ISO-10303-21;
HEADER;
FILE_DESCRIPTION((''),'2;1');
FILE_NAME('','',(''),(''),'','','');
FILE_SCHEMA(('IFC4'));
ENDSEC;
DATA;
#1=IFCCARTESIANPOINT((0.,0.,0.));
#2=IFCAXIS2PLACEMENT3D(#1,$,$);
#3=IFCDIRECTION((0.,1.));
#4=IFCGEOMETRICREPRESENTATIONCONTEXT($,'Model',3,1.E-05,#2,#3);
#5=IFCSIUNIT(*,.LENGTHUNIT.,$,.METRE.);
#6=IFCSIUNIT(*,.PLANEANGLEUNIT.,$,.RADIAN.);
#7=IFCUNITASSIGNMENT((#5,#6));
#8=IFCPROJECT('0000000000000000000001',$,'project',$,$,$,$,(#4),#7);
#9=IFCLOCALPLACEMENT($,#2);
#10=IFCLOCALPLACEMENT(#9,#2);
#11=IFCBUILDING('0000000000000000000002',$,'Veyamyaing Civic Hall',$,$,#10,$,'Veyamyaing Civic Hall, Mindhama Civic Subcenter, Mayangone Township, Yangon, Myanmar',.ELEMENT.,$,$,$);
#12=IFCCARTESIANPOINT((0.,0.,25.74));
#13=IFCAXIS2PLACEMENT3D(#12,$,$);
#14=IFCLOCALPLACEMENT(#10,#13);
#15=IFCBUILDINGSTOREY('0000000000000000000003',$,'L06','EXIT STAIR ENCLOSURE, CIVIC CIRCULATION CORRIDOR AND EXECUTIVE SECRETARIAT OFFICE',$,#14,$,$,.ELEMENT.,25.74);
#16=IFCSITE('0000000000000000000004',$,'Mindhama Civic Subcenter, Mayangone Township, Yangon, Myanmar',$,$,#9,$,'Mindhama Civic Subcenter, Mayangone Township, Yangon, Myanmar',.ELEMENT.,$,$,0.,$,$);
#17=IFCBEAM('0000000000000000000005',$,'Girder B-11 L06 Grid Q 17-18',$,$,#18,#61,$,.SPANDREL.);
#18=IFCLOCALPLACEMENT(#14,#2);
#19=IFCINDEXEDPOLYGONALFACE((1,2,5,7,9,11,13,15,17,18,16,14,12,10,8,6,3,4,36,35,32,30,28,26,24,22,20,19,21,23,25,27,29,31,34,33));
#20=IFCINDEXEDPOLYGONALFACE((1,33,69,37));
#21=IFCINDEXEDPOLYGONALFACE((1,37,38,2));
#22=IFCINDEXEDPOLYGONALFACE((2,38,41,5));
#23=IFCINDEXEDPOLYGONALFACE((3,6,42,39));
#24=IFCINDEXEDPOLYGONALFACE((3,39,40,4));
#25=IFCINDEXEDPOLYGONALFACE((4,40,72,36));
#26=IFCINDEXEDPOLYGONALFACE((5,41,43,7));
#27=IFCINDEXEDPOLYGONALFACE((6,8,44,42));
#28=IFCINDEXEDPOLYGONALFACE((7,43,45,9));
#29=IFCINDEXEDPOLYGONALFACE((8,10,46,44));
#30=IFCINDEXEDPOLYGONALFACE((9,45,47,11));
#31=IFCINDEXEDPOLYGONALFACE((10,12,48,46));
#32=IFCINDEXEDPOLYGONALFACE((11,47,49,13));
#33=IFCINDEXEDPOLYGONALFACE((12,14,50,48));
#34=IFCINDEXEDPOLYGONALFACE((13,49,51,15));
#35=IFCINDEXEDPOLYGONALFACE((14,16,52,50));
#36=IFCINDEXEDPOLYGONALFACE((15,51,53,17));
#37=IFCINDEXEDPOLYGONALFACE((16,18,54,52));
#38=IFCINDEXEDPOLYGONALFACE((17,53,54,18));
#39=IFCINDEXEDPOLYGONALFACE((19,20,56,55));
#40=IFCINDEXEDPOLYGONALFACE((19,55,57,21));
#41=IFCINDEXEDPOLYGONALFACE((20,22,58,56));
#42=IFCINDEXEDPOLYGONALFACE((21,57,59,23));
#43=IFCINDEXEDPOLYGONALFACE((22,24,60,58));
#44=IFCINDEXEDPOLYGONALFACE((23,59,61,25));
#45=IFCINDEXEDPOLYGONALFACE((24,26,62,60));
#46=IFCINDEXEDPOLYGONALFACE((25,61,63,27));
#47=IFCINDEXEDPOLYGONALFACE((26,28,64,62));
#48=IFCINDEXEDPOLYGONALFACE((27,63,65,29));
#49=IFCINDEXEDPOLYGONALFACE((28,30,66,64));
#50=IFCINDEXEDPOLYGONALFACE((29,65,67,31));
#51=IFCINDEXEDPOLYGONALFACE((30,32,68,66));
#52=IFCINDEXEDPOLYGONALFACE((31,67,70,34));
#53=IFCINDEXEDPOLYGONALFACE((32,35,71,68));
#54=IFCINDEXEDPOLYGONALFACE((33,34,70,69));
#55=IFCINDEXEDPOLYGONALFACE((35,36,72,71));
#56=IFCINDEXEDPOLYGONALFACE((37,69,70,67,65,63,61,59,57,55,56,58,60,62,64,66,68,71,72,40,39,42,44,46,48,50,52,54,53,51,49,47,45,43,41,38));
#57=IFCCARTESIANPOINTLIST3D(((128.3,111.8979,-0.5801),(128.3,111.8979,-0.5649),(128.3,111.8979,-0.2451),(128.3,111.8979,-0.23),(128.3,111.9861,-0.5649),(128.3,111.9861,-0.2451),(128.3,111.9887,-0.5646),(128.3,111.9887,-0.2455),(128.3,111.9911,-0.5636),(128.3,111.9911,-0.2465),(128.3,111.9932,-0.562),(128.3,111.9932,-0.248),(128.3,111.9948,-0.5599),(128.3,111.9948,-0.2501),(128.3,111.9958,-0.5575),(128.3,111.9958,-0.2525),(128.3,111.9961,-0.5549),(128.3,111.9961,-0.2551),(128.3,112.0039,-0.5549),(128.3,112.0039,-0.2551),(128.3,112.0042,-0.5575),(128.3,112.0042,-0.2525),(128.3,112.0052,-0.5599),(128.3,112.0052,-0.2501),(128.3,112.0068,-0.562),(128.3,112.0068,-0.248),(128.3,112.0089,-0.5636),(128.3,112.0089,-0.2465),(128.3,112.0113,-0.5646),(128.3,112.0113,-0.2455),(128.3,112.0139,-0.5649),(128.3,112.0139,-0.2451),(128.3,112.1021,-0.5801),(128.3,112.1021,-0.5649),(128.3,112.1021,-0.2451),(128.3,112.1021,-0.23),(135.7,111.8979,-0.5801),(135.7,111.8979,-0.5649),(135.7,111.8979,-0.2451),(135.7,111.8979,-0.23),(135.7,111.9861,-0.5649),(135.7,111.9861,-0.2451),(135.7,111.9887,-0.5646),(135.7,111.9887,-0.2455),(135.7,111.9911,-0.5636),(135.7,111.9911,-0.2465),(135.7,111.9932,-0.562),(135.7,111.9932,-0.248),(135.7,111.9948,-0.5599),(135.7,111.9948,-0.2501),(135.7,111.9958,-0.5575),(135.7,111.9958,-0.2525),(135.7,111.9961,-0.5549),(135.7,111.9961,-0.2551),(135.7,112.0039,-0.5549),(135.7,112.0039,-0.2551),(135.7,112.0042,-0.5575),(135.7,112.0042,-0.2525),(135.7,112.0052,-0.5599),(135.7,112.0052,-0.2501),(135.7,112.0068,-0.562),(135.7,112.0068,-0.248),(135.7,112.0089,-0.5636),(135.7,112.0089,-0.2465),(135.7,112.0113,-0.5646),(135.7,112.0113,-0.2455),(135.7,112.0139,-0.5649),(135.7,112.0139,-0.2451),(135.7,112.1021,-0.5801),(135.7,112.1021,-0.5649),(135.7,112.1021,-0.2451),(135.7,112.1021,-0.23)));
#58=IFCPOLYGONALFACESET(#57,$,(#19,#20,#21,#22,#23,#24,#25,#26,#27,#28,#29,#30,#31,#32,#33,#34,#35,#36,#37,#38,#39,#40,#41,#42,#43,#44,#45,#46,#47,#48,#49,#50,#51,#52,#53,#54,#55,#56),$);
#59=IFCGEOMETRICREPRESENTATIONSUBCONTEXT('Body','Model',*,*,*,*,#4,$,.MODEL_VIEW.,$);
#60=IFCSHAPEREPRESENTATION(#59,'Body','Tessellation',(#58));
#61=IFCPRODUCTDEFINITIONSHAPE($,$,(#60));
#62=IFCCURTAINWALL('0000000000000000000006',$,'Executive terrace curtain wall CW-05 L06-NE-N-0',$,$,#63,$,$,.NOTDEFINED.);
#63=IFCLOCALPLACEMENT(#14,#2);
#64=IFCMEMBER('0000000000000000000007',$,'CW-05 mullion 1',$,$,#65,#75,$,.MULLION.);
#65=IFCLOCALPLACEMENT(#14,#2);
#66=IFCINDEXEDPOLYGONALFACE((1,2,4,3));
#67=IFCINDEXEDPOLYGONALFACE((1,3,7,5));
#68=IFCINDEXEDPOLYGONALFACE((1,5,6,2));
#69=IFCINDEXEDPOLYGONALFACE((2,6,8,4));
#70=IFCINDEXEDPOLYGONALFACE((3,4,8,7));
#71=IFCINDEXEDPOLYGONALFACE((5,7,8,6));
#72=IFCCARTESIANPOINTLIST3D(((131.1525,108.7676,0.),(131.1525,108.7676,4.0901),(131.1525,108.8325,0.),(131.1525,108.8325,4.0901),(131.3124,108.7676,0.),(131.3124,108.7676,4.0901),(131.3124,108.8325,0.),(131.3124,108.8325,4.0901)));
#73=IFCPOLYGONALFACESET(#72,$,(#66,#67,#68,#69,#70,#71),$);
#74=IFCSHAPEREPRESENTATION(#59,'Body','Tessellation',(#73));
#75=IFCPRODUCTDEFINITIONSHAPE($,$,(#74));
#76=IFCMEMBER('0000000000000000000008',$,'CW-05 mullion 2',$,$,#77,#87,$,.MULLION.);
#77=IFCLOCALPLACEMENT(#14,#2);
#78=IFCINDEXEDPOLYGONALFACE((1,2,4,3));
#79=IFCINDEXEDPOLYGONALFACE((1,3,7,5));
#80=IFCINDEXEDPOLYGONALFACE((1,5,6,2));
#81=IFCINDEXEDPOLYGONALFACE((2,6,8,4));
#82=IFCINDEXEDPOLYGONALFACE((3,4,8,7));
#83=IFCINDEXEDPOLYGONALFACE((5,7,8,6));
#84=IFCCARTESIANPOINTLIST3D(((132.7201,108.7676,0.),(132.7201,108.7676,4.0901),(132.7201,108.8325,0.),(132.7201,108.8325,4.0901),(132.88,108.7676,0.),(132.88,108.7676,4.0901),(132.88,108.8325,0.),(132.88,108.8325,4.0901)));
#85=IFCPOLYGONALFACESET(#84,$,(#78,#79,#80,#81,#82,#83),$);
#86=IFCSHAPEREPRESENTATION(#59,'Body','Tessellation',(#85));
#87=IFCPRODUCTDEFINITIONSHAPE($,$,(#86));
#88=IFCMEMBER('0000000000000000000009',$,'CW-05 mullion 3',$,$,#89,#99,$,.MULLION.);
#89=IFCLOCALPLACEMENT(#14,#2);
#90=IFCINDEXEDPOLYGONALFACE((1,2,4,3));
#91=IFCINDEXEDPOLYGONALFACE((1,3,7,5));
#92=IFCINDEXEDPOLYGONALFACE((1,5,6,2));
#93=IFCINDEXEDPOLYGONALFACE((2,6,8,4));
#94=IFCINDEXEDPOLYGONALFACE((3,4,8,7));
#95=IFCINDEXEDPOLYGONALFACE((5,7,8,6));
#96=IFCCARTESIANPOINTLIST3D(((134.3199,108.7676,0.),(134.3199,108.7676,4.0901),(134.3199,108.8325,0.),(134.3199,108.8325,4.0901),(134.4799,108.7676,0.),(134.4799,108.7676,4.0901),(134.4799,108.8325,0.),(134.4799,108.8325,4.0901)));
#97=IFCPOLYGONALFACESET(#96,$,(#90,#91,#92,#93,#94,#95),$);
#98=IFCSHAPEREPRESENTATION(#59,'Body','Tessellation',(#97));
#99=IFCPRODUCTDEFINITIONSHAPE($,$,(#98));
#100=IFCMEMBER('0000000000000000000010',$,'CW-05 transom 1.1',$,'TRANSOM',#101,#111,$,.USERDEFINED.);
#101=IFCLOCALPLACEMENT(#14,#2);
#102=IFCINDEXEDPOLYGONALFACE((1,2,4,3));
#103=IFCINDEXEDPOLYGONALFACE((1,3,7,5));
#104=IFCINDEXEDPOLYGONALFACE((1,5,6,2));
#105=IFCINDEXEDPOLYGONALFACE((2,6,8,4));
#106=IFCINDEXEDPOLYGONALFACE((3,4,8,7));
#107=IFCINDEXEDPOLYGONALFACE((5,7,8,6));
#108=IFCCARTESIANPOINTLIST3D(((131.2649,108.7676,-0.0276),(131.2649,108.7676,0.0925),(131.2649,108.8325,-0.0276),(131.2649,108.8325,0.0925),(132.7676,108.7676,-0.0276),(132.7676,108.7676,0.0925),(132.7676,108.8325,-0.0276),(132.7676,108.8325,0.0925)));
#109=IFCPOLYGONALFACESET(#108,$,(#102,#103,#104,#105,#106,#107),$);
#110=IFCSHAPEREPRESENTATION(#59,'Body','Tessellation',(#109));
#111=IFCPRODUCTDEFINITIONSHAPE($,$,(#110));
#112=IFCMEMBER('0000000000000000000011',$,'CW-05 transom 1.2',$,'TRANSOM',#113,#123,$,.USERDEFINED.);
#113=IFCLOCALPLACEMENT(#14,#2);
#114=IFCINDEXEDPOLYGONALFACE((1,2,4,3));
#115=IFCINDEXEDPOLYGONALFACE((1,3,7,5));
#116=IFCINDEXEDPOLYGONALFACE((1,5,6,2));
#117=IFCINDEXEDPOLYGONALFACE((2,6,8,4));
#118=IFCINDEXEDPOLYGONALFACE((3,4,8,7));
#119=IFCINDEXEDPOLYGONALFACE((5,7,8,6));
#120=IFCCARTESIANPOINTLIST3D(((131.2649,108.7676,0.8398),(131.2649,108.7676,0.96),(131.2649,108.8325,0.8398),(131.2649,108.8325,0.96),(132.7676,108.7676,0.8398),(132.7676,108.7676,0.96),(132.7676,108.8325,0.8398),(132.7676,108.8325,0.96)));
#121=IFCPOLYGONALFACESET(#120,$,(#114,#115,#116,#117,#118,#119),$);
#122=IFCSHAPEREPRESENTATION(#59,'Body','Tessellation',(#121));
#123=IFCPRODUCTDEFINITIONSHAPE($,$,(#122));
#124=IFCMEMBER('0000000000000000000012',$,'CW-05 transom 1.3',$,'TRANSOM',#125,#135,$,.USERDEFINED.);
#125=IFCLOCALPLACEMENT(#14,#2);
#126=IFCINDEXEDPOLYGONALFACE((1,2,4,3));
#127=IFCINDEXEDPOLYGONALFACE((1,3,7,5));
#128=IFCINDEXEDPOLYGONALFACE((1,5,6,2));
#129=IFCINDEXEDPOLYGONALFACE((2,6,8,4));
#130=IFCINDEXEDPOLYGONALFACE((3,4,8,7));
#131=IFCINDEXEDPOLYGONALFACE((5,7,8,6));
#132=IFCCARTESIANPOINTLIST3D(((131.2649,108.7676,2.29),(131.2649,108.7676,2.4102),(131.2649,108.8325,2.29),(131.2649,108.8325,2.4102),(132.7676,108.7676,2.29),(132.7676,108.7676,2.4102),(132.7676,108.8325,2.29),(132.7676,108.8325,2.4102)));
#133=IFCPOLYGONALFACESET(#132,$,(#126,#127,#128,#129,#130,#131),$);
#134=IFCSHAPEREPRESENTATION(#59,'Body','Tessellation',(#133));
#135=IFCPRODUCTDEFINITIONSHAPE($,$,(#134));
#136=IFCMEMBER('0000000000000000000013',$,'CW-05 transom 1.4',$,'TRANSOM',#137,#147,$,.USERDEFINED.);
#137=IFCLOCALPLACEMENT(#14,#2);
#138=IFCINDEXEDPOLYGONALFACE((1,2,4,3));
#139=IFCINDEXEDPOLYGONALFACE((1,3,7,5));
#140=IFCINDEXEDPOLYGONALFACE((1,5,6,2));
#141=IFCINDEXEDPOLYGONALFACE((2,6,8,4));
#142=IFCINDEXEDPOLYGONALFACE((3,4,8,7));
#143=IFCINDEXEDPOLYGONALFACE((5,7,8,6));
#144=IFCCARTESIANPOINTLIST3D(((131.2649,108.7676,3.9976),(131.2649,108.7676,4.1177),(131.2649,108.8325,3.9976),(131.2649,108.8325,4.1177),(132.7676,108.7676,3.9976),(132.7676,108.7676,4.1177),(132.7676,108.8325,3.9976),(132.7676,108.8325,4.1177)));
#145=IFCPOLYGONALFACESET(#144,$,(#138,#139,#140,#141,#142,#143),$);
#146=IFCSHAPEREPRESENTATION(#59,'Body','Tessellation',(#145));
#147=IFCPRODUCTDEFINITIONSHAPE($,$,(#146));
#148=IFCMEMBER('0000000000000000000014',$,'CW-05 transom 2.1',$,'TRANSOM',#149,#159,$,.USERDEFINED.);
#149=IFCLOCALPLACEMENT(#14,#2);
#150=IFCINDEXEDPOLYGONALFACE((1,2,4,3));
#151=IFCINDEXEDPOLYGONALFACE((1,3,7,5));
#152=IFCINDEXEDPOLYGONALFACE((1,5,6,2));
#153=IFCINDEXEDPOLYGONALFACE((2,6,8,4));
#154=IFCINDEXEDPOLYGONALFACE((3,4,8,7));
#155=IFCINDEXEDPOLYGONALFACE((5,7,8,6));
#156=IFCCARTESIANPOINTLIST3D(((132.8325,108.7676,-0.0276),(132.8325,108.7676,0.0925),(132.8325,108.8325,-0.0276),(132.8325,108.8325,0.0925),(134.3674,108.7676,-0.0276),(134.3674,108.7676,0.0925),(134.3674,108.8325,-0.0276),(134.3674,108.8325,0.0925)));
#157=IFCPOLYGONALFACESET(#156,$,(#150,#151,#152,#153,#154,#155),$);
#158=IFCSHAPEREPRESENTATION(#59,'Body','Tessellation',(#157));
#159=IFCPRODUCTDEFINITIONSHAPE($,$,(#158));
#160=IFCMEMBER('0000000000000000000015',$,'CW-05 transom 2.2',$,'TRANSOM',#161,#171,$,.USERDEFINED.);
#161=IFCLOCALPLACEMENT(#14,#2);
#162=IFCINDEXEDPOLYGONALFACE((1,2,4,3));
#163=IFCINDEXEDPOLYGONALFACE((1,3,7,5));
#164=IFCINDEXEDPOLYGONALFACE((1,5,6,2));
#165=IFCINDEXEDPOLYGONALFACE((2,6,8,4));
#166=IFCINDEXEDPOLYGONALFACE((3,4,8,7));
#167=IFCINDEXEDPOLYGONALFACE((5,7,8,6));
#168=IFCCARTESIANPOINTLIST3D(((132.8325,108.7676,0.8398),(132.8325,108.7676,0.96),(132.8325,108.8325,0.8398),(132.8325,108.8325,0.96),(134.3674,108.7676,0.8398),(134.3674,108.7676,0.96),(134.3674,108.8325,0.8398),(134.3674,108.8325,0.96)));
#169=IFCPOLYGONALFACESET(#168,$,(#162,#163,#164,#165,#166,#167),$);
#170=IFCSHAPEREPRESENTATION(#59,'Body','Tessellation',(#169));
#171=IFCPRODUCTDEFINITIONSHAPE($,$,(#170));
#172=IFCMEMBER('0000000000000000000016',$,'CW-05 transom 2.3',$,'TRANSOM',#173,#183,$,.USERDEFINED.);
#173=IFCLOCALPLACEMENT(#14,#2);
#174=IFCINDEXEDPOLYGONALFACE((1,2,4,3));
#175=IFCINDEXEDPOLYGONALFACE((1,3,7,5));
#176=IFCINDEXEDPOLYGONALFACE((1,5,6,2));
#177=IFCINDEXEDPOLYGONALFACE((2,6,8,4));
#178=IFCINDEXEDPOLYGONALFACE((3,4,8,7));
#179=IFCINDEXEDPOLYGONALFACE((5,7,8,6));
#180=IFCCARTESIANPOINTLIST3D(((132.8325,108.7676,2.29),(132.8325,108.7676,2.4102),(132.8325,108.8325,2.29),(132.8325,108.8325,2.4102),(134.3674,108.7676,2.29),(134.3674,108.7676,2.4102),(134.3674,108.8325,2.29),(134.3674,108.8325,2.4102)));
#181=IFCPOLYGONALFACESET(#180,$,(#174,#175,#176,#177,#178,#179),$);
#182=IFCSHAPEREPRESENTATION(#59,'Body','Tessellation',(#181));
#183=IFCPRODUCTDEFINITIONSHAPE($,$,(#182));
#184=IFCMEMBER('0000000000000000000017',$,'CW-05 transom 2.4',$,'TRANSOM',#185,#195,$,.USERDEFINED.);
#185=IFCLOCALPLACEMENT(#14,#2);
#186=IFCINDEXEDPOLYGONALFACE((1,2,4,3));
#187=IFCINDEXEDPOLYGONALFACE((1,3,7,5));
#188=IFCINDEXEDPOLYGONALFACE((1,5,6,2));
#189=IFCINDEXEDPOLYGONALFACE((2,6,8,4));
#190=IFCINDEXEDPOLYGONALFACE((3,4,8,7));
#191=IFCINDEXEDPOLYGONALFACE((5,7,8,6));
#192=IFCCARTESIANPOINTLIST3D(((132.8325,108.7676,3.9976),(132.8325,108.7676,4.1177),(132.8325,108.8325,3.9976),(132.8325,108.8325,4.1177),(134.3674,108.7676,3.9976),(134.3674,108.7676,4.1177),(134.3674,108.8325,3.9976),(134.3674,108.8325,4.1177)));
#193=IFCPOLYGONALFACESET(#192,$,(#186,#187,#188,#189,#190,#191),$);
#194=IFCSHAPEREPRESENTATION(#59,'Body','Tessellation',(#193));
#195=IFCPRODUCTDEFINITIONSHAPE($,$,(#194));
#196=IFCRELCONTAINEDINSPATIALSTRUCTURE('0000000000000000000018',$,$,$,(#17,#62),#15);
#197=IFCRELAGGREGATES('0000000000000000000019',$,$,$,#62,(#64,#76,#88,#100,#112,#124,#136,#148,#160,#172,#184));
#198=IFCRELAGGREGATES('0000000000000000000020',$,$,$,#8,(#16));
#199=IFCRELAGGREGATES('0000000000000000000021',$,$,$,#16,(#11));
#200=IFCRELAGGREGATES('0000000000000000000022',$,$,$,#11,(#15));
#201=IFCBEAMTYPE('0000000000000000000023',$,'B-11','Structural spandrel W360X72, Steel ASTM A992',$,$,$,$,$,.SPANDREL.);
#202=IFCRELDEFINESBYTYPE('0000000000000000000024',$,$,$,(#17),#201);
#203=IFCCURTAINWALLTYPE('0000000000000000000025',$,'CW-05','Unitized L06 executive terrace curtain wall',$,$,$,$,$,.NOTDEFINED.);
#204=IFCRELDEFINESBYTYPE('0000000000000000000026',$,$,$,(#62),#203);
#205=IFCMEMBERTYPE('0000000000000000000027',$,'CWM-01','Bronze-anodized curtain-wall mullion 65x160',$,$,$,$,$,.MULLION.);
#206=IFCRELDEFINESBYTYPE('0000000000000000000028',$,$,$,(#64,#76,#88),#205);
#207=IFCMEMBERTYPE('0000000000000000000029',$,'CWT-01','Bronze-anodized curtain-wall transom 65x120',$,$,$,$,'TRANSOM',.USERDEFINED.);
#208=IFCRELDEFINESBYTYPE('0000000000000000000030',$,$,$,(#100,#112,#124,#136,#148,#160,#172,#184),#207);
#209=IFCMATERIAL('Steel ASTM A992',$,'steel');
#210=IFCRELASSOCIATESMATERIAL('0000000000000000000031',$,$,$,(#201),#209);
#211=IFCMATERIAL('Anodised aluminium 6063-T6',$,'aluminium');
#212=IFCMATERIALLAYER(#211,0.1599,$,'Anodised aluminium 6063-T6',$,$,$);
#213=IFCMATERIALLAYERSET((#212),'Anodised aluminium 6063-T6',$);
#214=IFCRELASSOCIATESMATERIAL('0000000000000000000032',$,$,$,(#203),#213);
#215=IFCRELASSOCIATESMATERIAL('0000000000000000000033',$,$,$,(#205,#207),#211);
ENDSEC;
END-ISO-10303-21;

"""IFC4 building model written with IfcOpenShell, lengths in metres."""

from ifc_helpers import new_model, si_unit, direction, frame, origin, origin_2d, place, context, subcontext, project, spatial, rectangle, i_section, extrude, material, layer, layer_set, material_profile, profile_set, type_object, element, aggregate, save


model = new_model("IFC4")

# Units and contexts
model_context = context("Model", 3, precision=1e-05, world=origin(), true_north=direction((0.0, 1.0)))
body_context = subcontext(model_context, "Body", "Model", "MODEL_VIEW")
ifc_project = project(units=[si_unit("LENGTHUNIT", "METRE"), si_unit("PLANEANGLEUNIT", "RADIAN")], contexts=[model_context])

# Site, building, storey
site_placement = place(None, origin())
site = spatial("IfcSite", under=ifc_project, at=site_placement, Name="Mindhama Civic Subcenter, Mayangone Township, Yangon, Myanmar", LongName="Mindhama Civic Subcenter, Mayangone Township, Yangon, Myanmar", CompositionType="ELEMENT", RefElevation=0.0)
building_placement = place(site_placement, origin())
building = spatial("IfcBuilding", under=site, at=building_placement, Name="Veyamyaing Civic Hall", LongName="Veyamyaing Civic Hall, Mindhama Civic Subcenter, Mayangone Township, Yangon, Myanmar", CompositionType="ELEMENT")
storey_placement = place(building_placement, frame((0.0, 0.0, 25.74)))
storey = spatial("IfcBuildingStorey", under=building, at=storey_placement, Name="L06", Description="EXIT STAIR ENCLOSURE, CIVIC CIRCULATION CORRIDOR AND EXECUTIVE SECRETARIAT OFFICE", CompositionType="ELEMENT", Elevation=25.74)

# Beam
ifc_material_1 = material(Name="Steel ASTM A992", Category="steel")
ifc_material_profile_1 = material_profile(ifc_material_1, i_section(OverallWidth=0.2041, OverallDepth=0.3501, WebThickness=0.0078, FlangeThickness=0.0151, FilletRadius=0.01, at=origin_2d()), Name="W360X72")
ifc_profile_set_1 = profile_set([ifc_material_profile_1], Name="Steel ASTM A992")
beam_type_1 = type_object("IfcBeamType", Name="B-11", Description="Structural spandrel W360X72, Steel ASTM A992", PredefinedType="SPANDREL", material=ifc_profile_set_1)
beam_placement = place(storey_placement, frame((128.3, 112.0, -0.405), z_axis=(1.0, 0.0, 0.0), x_axis=(0.0, 1.0, 0.0)))
element("IfcBeam", 1, at=beam_placement, inside=storey, type_object=beam_type_1, Name="Girder B-11 L06 Grid Q 17-18", PredefinedType="SPANDREL", context=body_context, shape_type="SweptSolid", body=[
    extrude(i_section(OverallWidth=0.2041, OverallDepth=0.3501, WebThickness=0.0078, FlangeThickness=0.0151, FilletRadius=0.01, at=origin_2d()), origin(), (0.0, 0.0, 1.0), 7.3999),
])

# Curtain wall, members
ifc_material_2 = material(Name="Anodised aluminium 6063-T6", Category="aluminium")
ifc_layer_1 = layer(ifc_material_2, 0.1599, Name="Anodised aluminium 6063-T6")
ifc_layer_set_1 = layer_set([ifc_layer_1], Name="Anodised aluminium 6063-T6")
curtain_wall_type = type_object("IfcCurtainWallType", Name="CW-05", Description="Unitized L06 executive terrace curtain wall", PredefinedType="NOTDEFINED", material=ifc_layer_set_1)
curtain_wall_placement = place(storey_placement, origin())
curtain_wall = element("IfcCurtainWall", 2, at=curtain_wall_placement, inside=storey, type_object=curtain_wall_type, Name="Executive terrace curtain wall CW-05 L06-NE-N-0", PredefinedType="NOTDEFINED")
ifc_material_profile_2 = material_profile(ifc_material_2, rectangle(XDim=0.0649, YDim=0.1599, at=origin_2d()), Name="ALU-MUL-65X160")
ifc_profile_set_2 = profile_set([ifc_material_profile_2], Name="Anodised aluminium 6063-T6")
member_type_1 = type_object("IfcMemberType", Name="CWM-01", Description="Bronze-anodized curtain-wall mullion 65x160", PredefinedType="MULLION", material=ifc_profile_set_2)
member_1_placement = place(storey_placement, frame((131.2324, 108.8, 0.0), z_axis=(0.0, 0.0, 1.0), x_axis=(0.0, 1.0, 0.0)))
member_1 = element("IfcMember", 3, at=member_1_placement, type_object=member_type_1, Name="CW-05 mullion 1", PredefinedType="MULLION", context=body_context, shape_type="SweptSolid", body=[
    extrude(rectangle(XDim=0.0649, YDim=0.1599, at=origin_2d()), origin(), (0.0, 0.0, 1.0), 4.0901),
])
member_2_placement = place(storey_placement, frame((132.8, 108.8, 0.0), z_axis=(0.0, 0.0, 1.0), x_axis=(0.0, 1.0, 0.0)))
member_2 = element("IfcMember", 4, at=member_2_placement, type_object=member_type_1, Name="CW-05 mullion 2", PredefinedType="MULLION", context=body_context, shape_type="SweptSolid", body=[
    extrude(rectangle(XDim=0.0649, YDim=0.1599, at=origin_2d()), origin(), (0.0, 0.0, 1.0), 4.0901),
])
member_3_placement = place(storey_placement, frame((134.3999, 108.8, 0.0), z_axis=(0.0, 0.0, 1.0), x_axis=(0.0, 1.0, 0.0)))
member_3 = element("IfcMember", 5, at=member_3_placement, type_object=member_type_1, Name="CW-05 mullion 3", PredefinedType="MULLION", context=body_context, shape_type="SweptSolid", body=[
    extrude(rectangle(XDim=0.0649, YDim=0.1599, at=origin_2d()), origin(), (0.0, 0.0, 1.0), 4.0901),
])
ifc_material_profile_3 = material_profile(ifc_material_2, rectangle(XDim=0.0649, YDim=0.1201, at=origin_2d()), Name="ALU-TRN-65X120")
ifc_profile_set_3 = profile_set([ifc_material_profile_3], Name="Anodised aluminium 6063-T6")
member_type_2 = type_object("IfcMemberType", Name="CWT-01", Description="Bronze-anodized curtain-wall transom 65x120", ElementType="TRANSOM", PredefinedType="USERDEFINED", material=ifc_profile_set_3)
member_4_placement = place(storey_placement, frame((131.2649, 108.8, 0.0325), z_axis=(1.0, 0.0, 0.0), x_axis=(0.0, 1.0, 0.0)))
member_4 = element("IfcMember", 6, at=member_4_placement, type_object=member_type_2, Name="CW-05 transom 1.1", ObjectType="TRANSOM", PredefinedType="USERDEFINED", context=body_context, shape_type="SweptSolid", body=[
    extrude(rectangle(XDim=0.0649, YDim=0.1201, at=origin_2d()), origin(), (0.0, 0.0, 1.0), 1.5027),
])
member_5_placement = place(storey_placement, frame((131.2649, 108.8, 0.8999), z_axis=(1.0, 0.0, 0.0), x_axis=(0.0, 1.0, 0.0)))
member_5 = element("IfcMember", 7, at=member_5_placement, type_object=member_type_2, Name="CW-05 transom 1.2", ObjectType="TRANSOM", PredefinedType="USERDEFINED", context=body_context, shape_type="SweptSolid", body=[
    extrude(rectangle(XDim=0.0649, YDim=0.1201, at=origin_2d()), origin(), (0.0, 0.0, 1.0), 1.5027),
])
member_6_placement = place(storey_placement, frame((131.2649, 108.8, 2.3501), z_axis=(1.0, 0.0, 0.0), x_axis=(0.0, 1.0, 0.0)))
member_6 = element("IfcMember", 8, at=member_6_placement, type_object=member_type_2, Name="CW-05 transom 1.3", ObjectType="TRANSOM", PredefinedType="USERDEFINED", context=body_context, shape_type="SweptSolid", body=[
    extrude(rectangle(XDim=0.0649, YDim=0.1201, at=origin_2d()), origin(), (0.0, 0.0, 1.0), 1.5027),
])
member_7_placement = place(storey_placement, frame((131.2649, 108.8, 4.0576), z_axis=(1.0, 0.0, 0.0), x_axis=(0.0, 1.0, 0.0)))
member_7 = element("IfcMember", 9, at=member_7_placement, type_object=member_type_2, Name="CW-05 transom 1.4", ObjectType="TRANSOM", PredefinedType="USERDEFINED", context=body_context, shape_type="SweptSolid", body=[
    extrude(rectangle(XDim=0.0649, YDim=0.1201, at=origin_2d()), origin(), (0.0, 0.0, 1.0), 1.5027),
])
member_8_placement = place(storey_placement, frame((132.8325, 108.8, 0.0325), z_axis=(1.0, 0.0, 0.0), x_axis=(0.0, 1.0, 0.0)))
member_8 = element("IfcMember", 10, at=member_8_placement, type_object=member_type_2, Name="CW-05 transom 2.1", ObjectType="TRANSOM", PredefinedType="USERDEFINED", context=body_context, shape_type="SweptSolid", body=[
    extrude(rectangle(XDim=0.0649, YDim=0.1201, at=origin_2d()), origin(), (0.0, 0.0, 1.0), 1.5349),
])
member_9_placement = place(storey_placement, frame((132.8325, 108.8, 0.8999), z_axis=(1.0, 0.0, 0.0), x_axis=(0.0, 1.0, 0.0)))
member_9 = element("IfcMember", 11, at=member_9_placement, type_object=member_type_2, Name="CW-05 transom 2.2", ObjectType="TRANSOM", PredefinedType="USERDEFINED", context=body_context, shape_type="SweptSolid", body=[
    extrude(rectangle(XDim=0.0649, YDim=0.1201, at=origin_2d()), origin(), (0.0, 0.0, 1.0), 1.5349),
])
member_10_placement = place(storey_placement, frame((132.8325, 108.8, 2.3501), z_axis=(1.0, 0.0, 0.0), x_axis=(0.0, 1.0, 0.0)))
member_10 = element("IfcMember", 12, at=member_10_placement, type_object=member_type_2, Name="CW-05 transom 2.3", ObjectType="TRANSOM", PredefinedType="USERDEFINED", context=body_context, shape_type="SweptSolid", body=[
    extrude(rectangle(XDim=0.0649, YDim=0.1201, at=origin_2d()), origin(), (0.0, 0.0, 1.0), 1.5349),
])
member_11_placement = place(storey_placement, frame((132.8325, 108.8, 4.0576), z_axis=(1.0, 0.0, 0.0), x_axis=(0.0, 1.0, 0.0)))
member_11 = element("IfcMember", 13, at=member_11_placement, type_object=member_type_2, Name="CW-05 transom 2.4", ObjectType="TRANSOM", PredefinedType="USERDEFINED", context=body_context, shape_type="SweptSolid", body=[
    extrude(rectangle(XDim=0.0649, YDim=0.1201, at=origin_2d()), origin(), (0.0, 0.0, 1.0), 1.5349),
])

aggregate(curtain_wall, [member_1, member_2, member_3, member_4, member_5, member_6, member_7, member_8, member_9, member_10, member_11])

save(model, "model.ifc")
